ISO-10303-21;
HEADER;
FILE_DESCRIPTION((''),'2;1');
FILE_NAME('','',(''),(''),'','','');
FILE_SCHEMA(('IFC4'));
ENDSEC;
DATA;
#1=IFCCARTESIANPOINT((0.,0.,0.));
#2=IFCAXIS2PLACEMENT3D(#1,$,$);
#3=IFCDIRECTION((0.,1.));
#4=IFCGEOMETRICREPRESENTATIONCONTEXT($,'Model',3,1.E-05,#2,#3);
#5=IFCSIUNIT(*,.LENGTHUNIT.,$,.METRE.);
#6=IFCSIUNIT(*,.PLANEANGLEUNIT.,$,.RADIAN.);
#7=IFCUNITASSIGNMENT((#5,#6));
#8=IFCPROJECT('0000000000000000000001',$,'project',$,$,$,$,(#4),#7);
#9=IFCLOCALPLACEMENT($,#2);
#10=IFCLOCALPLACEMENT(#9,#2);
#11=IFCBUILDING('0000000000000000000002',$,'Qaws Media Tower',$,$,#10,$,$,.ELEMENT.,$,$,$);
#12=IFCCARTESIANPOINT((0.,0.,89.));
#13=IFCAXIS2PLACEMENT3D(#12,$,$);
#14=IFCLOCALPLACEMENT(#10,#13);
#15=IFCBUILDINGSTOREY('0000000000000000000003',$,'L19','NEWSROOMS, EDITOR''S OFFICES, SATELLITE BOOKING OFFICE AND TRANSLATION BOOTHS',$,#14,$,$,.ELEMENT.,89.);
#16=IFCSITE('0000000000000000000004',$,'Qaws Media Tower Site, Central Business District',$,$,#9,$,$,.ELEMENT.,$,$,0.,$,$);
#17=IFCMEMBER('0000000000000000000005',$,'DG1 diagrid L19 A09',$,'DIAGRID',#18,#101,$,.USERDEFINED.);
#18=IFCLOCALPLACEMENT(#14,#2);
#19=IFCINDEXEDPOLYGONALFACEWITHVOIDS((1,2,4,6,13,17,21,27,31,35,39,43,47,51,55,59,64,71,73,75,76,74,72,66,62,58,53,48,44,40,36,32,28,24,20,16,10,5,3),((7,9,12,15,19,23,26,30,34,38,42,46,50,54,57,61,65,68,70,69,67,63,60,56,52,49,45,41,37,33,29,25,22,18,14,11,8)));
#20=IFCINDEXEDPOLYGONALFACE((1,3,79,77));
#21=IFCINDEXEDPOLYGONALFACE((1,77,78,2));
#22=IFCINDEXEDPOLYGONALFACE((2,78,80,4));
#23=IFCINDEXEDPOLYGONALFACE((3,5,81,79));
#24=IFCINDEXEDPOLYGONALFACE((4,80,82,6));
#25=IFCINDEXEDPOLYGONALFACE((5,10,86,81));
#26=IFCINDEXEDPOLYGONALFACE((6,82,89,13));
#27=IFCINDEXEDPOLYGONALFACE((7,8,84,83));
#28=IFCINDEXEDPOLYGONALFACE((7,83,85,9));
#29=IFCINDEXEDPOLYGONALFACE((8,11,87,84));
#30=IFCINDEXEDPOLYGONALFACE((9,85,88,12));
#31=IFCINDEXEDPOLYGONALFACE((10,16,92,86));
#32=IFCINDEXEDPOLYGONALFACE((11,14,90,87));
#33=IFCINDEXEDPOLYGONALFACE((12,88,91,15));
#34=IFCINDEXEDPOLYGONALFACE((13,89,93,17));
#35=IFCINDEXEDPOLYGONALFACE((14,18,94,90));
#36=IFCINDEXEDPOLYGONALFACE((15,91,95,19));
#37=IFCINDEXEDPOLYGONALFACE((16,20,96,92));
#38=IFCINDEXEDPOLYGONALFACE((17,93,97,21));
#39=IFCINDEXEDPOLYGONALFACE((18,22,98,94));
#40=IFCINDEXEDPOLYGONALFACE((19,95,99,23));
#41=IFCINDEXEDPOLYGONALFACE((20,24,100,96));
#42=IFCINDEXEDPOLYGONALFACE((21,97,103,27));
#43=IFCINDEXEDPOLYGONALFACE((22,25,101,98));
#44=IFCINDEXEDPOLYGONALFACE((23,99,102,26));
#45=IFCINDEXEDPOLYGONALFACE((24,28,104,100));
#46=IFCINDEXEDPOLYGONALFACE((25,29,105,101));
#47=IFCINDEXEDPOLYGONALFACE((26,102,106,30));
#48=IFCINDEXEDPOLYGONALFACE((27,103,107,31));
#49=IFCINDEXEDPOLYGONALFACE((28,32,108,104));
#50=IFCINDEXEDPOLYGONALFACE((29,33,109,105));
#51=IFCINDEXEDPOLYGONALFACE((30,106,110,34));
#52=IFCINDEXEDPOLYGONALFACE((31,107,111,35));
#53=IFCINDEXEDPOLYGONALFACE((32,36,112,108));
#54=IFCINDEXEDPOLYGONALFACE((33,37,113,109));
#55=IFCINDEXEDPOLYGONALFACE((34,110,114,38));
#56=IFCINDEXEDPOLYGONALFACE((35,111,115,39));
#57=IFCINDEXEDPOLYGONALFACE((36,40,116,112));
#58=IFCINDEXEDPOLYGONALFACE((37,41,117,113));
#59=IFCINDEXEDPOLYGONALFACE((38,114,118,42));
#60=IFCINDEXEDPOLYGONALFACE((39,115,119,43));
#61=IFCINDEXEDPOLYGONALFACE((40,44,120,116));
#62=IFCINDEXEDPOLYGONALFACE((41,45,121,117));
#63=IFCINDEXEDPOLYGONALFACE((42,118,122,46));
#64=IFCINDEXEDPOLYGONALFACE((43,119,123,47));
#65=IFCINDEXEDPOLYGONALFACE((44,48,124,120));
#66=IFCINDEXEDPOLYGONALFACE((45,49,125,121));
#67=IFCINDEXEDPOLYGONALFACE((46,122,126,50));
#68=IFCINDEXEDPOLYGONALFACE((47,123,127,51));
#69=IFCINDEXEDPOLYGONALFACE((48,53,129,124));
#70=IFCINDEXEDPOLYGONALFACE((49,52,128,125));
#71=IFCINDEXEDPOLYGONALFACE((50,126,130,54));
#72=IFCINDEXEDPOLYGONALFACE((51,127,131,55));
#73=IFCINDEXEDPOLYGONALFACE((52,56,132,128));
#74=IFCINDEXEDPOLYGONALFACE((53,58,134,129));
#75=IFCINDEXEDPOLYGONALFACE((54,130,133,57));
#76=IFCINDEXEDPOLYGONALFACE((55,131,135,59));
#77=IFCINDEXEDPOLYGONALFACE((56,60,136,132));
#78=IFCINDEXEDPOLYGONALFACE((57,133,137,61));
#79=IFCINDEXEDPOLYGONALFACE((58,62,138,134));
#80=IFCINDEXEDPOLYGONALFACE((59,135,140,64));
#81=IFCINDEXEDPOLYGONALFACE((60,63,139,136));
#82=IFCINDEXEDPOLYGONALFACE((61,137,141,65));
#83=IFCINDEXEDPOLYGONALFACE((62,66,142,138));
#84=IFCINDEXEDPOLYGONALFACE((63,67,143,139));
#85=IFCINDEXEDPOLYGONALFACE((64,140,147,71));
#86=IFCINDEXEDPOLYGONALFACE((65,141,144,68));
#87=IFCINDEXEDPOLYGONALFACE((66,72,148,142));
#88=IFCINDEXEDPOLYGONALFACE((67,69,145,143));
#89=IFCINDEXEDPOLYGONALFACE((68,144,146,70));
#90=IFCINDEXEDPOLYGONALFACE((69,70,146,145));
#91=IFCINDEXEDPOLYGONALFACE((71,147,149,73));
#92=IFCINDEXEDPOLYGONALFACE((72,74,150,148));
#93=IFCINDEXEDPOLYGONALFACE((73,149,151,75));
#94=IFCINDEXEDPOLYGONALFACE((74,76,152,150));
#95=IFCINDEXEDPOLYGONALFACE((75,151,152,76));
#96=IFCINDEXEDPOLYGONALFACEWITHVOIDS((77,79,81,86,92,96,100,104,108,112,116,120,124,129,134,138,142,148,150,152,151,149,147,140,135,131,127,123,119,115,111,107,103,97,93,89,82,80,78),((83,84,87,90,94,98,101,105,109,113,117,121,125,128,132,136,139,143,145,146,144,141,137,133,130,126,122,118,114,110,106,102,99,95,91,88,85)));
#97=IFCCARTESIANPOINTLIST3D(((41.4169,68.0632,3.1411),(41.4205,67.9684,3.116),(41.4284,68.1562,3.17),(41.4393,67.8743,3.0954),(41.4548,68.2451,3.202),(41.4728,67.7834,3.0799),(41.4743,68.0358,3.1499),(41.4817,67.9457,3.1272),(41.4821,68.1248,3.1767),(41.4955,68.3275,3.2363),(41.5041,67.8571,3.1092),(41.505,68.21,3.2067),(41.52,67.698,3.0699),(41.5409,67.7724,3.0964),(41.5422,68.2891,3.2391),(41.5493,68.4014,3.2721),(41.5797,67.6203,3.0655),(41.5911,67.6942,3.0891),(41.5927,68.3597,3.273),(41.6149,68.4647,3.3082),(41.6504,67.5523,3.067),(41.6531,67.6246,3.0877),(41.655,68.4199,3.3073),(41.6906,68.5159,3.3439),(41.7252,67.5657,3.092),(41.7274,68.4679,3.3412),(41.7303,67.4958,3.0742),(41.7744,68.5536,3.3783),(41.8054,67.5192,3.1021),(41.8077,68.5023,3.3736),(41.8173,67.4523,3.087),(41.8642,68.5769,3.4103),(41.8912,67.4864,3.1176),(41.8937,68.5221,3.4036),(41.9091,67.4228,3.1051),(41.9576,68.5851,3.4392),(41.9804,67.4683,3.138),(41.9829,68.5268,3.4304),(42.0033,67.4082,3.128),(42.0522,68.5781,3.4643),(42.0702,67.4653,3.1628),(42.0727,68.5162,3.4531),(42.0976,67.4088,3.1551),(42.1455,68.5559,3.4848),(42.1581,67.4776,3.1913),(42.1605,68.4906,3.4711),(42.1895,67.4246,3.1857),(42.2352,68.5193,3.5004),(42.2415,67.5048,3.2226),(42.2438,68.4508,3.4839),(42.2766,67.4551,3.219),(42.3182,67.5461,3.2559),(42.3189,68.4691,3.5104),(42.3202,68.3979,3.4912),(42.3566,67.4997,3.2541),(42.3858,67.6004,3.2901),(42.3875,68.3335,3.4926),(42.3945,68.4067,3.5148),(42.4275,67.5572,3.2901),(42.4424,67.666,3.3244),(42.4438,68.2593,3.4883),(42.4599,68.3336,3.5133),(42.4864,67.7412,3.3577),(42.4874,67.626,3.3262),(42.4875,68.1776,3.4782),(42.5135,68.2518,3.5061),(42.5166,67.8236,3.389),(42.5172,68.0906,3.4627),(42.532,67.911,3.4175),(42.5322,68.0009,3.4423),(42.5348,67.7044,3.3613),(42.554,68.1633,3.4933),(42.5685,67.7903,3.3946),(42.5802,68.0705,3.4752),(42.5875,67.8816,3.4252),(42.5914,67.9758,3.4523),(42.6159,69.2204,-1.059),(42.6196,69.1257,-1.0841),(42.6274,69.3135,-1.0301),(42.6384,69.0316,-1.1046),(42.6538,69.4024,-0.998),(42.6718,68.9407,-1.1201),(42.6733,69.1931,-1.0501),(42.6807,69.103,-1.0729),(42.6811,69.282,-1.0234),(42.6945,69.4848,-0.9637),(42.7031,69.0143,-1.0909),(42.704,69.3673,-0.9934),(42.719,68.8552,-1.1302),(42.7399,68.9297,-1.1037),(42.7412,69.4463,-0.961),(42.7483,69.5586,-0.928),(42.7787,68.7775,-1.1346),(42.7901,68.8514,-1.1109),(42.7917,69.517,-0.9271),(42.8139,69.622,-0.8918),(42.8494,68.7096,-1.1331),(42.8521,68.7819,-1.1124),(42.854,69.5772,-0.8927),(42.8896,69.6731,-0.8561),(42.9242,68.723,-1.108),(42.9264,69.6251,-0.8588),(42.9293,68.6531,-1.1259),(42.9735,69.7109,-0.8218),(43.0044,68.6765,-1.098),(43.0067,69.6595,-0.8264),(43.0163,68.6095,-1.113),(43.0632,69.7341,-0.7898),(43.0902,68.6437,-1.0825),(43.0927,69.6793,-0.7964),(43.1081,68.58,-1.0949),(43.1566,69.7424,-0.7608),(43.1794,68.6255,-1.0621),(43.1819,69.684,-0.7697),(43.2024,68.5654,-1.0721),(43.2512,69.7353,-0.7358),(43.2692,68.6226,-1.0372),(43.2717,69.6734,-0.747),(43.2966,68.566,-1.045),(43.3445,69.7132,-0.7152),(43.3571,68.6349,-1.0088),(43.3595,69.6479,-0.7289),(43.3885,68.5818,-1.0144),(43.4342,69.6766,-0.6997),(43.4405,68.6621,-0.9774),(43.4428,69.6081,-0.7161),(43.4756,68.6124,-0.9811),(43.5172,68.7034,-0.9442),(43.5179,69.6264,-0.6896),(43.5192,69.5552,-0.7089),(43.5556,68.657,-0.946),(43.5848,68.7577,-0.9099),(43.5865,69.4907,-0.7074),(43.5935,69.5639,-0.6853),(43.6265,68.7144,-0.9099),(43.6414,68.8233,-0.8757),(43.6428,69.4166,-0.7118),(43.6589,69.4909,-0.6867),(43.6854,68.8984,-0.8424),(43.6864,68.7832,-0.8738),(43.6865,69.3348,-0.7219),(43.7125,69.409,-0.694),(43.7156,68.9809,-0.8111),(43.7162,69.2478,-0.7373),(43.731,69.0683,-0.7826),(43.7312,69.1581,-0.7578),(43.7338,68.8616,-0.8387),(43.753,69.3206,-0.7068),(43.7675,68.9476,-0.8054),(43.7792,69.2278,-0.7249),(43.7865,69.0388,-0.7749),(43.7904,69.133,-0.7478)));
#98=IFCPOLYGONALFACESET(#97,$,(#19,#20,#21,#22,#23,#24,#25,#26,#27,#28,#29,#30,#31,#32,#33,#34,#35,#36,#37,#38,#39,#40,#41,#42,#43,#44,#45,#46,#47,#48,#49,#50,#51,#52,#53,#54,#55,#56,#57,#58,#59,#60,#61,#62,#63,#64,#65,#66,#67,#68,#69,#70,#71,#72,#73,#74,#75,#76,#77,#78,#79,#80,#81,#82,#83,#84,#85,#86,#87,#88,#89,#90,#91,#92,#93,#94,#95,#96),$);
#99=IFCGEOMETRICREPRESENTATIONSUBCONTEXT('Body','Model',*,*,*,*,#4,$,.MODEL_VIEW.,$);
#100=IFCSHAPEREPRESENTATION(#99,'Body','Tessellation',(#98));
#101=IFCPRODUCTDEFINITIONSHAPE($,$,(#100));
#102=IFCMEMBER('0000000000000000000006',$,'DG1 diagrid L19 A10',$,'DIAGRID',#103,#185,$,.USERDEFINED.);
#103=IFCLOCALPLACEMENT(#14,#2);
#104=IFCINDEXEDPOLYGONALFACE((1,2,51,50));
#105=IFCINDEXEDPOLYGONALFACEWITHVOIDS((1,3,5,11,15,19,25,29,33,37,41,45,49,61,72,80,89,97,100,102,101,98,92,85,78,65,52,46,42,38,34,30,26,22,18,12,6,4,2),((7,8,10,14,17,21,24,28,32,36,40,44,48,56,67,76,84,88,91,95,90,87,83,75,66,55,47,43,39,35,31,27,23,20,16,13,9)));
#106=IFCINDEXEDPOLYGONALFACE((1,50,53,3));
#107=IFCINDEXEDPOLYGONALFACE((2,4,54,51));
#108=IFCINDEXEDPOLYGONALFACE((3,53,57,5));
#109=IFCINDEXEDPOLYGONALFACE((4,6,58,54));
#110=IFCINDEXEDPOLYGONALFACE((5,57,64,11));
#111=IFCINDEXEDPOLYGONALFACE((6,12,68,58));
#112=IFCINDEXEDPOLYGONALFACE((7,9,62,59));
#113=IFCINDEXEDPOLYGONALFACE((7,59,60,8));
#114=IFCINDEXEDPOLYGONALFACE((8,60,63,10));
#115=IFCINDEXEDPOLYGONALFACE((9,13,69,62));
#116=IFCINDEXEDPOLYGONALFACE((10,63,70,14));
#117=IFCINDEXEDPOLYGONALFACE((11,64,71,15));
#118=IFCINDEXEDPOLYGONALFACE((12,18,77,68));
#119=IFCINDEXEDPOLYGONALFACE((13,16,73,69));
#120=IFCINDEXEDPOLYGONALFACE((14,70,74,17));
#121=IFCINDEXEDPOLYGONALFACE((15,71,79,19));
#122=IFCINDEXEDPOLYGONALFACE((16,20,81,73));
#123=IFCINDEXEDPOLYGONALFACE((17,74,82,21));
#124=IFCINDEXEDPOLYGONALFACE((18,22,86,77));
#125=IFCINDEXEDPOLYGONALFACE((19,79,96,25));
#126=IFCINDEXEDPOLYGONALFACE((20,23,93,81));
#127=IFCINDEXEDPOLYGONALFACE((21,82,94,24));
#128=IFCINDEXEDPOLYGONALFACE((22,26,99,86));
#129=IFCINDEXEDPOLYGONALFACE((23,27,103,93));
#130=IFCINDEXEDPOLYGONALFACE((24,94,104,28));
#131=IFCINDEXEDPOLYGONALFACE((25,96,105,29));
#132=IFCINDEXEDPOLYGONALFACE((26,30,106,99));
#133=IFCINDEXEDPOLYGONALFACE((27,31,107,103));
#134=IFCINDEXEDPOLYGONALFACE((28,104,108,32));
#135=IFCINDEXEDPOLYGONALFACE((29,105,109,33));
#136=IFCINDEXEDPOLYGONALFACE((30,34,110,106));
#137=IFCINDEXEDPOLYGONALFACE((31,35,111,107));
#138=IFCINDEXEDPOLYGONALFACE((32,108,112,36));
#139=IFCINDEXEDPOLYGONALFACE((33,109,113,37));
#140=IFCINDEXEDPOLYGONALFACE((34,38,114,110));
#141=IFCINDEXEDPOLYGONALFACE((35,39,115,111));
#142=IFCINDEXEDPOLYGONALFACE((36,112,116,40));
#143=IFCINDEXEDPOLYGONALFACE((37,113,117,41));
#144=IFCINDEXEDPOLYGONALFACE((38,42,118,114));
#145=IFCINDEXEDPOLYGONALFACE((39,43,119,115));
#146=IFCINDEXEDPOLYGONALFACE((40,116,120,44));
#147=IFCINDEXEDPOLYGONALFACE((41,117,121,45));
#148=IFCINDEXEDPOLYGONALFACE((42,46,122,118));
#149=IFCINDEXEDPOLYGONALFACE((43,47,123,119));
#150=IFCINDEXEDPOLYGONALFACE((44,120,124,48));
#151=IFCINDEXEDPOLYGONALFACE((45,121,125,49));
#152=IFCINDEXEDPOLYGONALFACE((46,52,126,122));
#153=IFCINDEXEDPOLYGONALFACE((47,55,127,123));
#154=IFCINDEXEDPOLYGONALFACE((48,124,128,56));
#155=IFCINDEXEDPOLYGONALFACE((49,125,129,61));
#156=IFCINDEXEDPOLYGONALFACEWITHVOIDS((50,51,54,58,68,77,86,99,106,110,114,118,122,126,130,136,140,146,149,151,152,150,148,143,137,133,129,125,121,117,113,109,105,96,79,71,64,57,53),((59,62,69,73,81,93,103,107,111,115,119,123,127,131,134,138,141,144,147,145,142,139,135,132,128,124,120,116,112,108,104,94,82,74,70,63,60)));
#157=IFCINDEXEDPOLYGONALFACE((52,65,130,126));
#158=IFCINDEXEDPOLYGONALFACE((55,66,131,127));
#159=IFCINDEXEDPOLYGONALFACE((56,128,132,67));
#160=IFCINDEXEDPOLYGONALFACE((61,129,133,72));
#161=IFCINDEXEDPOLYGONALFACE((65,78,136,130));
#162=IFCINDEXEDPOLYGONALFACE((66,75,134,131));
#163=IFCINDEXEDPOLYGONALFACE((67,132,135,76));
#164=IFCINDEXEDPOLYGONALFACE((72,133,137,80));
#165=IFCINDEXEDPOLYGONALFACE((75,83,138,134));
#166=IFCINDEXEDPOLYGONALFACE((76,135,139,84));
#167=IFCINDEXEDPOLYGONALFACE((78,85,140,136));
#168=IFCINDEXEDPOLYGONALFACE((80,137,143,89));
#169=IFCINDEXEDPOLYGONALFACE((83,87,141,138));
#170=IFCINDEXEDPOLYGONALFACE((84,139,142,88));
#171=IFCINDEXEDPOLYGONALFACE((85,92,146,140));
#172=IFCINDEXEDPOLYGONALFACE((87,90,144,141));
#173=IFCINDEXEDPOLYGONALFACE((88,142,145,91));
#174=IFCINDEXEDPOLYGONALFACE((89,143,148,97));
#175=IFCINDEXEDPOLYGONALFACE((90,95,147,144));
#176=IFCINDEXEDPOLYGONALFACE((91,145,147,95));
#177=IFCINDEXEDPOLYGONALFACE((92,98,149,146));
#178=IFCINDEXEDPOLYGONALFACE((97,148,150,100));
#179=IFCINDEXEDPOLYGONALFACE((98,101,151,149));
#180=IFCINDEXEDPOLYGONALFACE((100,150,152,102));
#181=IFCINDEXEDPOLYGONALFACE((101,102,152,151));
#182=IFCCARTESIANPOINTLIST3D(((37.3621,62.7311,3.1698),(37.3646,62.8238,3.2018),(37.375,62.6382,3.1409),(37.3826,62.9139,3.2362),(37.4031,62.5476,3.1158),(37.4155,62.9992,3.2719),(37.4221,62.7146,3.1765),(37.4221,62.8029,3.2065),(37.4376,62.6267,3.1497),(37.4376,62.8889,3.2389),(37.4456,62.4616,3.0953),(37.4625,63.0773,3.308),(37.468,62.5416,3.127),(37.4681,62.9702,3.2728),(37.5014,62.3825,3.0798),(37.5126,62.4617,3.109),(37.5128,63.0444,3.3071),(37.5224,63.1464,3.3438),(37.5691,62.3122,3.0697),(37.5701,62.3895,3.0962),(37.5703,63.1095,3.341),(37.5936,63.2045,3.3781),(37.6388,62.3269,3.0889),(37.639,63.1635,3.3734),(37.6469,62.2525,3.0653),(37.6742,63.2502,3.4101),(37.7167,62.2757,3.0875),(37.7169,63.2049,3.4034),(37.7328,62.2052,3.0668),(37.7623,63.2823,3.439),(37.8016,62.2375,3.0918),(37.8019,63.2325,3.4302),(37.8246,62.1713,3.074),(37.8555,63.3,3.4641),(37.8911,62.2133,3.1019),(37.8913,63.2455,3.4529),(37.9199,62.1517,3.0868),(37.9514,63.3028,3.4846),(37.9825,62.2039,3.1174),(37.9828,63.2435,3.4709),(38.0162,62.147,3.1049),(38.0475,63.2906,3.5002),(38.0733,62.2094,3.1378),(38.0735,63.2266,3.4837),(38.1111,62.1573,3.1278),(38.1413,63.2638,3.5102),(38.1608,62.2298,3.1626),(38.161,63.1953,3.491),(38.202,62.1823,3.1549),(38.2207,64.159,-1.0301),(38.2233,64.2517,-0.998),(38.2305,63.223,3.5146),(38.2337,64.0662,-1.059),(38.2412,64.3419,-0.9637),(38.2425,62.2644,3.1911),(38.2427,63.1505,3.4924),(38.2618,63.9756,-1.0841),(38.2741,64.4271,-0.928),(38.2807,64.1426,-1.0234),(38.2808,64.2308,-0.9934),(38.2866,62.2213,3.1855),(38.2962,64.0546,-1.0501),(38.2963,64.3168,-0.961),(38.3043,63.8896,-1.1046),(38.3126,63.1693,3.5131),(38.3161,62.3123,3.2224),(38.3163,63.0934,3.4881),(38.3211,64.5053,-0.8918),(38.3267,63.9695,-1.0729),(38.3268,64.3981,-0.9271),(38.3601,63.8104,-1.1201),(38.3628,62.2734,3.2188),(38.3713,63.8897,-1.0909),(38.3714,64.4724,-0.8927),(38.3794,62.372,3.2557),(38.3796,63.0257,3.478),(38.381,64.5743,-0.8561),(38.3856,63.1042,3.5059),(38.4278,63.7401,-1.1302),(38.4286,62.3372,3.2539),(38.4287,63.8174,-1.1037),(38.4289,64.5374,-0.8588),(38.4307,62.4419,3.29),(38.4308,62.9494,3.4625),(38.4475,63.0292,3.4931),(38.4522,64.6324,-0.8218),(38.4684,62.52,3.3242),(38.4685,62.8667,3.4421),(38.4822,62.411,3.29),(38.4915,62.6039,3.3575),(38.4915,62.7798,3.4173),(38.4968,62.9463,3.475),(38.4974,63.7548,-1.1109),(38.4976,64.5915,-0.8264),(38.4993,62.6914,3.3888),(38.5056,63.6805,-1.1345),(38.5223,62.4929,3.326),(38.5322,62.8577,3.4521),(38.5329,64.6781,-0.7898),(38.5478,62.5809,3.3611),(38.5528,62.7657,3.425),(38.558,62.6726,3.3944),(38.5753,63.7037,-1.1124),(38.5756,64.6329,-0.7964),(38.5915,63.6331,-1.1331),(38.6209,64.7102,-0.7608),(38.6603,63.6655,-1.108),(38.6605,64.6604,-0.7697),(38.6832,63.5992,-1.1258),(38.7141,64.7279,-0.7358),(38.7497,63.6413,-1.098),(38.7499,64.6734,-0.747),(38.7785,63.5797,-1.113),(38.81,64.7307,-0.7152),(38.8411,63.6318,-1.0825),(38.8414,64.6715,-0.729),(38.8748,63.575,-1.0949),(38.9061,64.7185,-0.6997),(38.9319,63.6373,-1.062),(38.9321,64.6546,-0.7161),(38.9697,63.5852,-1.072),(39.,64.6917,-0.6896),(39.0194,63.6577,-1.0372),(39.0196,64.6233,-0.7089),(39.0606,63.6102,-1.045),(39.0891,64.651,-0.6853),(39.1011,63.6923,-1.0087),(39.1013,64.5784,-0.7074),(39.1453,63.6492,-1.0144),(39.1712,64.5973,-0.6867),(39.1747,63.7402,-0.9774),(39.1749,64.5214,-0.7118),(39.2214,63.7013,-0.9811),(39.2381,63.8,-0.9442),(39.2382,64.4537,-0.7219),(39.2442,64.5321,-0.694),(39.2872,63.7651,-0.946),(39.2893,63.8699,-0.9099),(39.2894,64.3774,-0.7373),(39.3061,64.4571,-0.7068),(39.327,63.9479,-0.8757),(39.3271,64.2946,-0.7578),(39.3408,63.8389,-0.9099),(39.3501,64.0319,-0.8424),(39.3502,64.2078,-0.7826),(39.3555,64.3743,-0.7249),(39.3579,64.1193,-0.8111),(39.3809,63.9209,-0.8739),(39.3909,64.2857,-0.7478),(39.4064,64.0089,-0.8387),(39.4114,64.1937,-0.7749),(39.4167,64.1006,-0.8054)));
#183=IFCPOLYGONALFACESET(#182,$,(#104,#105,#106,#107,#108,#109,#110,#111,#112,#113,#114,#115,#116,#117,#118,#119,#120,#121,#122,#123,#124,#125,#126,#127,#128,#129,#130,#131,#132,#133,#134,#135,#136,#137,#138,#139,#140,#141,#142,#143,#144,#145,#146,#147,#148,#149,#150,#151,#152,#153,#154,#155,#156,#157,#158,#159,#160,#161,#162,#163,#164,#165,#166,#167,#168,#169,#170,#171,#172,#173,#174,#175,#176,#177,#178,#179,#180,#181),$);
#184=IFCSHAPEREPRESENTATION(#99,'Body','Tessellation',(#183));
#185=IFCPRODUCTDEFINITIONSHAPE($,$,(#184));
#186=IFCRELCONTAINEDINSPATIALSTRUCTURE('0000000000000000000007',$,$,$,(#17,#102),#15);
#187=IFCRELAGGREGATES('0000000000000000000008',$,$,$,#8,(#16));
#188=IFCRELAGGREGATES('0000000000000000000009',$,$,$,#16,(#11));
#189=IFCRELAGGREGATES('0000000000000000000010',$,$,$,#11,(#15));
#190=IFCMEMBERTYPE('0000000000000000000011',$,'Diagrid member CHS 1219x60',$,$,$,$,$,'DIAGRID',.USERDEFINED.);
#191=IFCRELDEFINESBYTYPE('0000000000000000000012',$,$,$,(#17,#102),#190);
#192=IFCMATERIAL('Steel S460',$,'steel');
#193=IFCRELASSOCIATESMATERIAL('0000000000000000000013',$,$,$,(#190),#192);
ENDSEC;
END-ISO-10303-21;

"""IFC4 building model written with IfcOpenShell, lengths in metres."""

from ifc_helpers import new_model, si_unit, direction, frame, origin, origin_2d, place, context, subcontext, project, spatial, hollow_circle, extrude, material, material_profile, profile_set, type_object, element, save


model = new_model("IFC4")

# Units and contexts
model_context = context("Model", 3, precision=1e-05, world=origin(), true_north=direction((0.0, 1.0)))
body_context = subcontext(model_context, "Body", "Model", "MODEL_VIEW")
ifc_project = project(units=[si_unit("LENGTHUNIT", "METRE"), si_unit("PLANEANGLEUNIT", "RADIAN")], contexts=[model_context])

# Site, building, storey
site_placement = place(None, origin())
site = spatial("IfcSite", under=ifc_project, at=site_placement, Name="Qaws Media Tower Site, Central Business District", CompositionType="ELEMENT", RefElevation=0.0)
building_placement = place(site_placement, origin())
building = spatial("IfcBuilding", under=site, at=building_placement, Name="Qaws Media Tower", CompositionType="ELEMENT")
storey_placement = place(building_placement, frame((0.0, 0.0, 89.0)))
storey = spatial("IfcBuildingStorey", under=building, at=storey_placement, Name="L19", Description="NEWSROOMS, EDITOR'S OFFICES, SATELLITE BOOKING OFFICE AND TRANSLATION BOOTHS", CompositionType="ELEMENT", Elevation=89.0)

# Members
ifc_material_1 = material(Name="Steel S460", Category="steel")
ifc_material_profile_1 = material_profile(ifc_material_1, hollow_circle(Radius=0.6096, WallThickness=0.0601, at=origin_2d()), Name="CHS 1219x60")
ifc_profile_set_1 = profile_set([ifc_material_profile_1], Name="Steel S460")
member_type_1 = type_object("IfcMemberType", Name="Diagrid member CHS 1219x60", ElementType="DIAGRID", PredefinedType="USERDEFINED", material=ifc_profile_set_1)
member_1_placement = place(storey_placement, frame((43.2031, 69.1531, -0.9099), z_axis=(-0.265351, -0.256112, 0.929513), x_axis=(0.694469, -0.719523, 0.0)))
element("IfcMember", 1, at=member_1_placement, inside=storey, type_object=member_type_1, Name="DG1 diagrid L19 A09", ObjectType="DIAGRID", PredefinedType="USERDEFINED", context=body_context, shape_type="SweptSolid", body=[
    extrude(hollow_circle(Radius=0.6096, WallThickness=0.0601, at=origin_2d()), origin(), (0.0, 0.0, 1.0), 4.5186),
])
member_2_placement = place(storey_placement, frame((38.8184, 64.1531, -0.9099), z_axis=(-0.190032, -0.316036, 0.929521), x_axis=(0.857001, -0.515314, 0.0)))
element("IfcMember", 2, at=member_2_placement, inside=storey, type_object=member_type_1, Name="DG1 diagrid L19 A10", ObjectType="DIAGRID", PredefinedType="USERDEFINED", context=body_context, shape_type="SweptSolid", body=[
    extrude(hollow_circle(Radius=0.6096, WallThickness=0.0601, at=origin_2d()), origin(), (0.0, 0.0, 1.0), 4.5183),
])

save(model, "model.ifc")
